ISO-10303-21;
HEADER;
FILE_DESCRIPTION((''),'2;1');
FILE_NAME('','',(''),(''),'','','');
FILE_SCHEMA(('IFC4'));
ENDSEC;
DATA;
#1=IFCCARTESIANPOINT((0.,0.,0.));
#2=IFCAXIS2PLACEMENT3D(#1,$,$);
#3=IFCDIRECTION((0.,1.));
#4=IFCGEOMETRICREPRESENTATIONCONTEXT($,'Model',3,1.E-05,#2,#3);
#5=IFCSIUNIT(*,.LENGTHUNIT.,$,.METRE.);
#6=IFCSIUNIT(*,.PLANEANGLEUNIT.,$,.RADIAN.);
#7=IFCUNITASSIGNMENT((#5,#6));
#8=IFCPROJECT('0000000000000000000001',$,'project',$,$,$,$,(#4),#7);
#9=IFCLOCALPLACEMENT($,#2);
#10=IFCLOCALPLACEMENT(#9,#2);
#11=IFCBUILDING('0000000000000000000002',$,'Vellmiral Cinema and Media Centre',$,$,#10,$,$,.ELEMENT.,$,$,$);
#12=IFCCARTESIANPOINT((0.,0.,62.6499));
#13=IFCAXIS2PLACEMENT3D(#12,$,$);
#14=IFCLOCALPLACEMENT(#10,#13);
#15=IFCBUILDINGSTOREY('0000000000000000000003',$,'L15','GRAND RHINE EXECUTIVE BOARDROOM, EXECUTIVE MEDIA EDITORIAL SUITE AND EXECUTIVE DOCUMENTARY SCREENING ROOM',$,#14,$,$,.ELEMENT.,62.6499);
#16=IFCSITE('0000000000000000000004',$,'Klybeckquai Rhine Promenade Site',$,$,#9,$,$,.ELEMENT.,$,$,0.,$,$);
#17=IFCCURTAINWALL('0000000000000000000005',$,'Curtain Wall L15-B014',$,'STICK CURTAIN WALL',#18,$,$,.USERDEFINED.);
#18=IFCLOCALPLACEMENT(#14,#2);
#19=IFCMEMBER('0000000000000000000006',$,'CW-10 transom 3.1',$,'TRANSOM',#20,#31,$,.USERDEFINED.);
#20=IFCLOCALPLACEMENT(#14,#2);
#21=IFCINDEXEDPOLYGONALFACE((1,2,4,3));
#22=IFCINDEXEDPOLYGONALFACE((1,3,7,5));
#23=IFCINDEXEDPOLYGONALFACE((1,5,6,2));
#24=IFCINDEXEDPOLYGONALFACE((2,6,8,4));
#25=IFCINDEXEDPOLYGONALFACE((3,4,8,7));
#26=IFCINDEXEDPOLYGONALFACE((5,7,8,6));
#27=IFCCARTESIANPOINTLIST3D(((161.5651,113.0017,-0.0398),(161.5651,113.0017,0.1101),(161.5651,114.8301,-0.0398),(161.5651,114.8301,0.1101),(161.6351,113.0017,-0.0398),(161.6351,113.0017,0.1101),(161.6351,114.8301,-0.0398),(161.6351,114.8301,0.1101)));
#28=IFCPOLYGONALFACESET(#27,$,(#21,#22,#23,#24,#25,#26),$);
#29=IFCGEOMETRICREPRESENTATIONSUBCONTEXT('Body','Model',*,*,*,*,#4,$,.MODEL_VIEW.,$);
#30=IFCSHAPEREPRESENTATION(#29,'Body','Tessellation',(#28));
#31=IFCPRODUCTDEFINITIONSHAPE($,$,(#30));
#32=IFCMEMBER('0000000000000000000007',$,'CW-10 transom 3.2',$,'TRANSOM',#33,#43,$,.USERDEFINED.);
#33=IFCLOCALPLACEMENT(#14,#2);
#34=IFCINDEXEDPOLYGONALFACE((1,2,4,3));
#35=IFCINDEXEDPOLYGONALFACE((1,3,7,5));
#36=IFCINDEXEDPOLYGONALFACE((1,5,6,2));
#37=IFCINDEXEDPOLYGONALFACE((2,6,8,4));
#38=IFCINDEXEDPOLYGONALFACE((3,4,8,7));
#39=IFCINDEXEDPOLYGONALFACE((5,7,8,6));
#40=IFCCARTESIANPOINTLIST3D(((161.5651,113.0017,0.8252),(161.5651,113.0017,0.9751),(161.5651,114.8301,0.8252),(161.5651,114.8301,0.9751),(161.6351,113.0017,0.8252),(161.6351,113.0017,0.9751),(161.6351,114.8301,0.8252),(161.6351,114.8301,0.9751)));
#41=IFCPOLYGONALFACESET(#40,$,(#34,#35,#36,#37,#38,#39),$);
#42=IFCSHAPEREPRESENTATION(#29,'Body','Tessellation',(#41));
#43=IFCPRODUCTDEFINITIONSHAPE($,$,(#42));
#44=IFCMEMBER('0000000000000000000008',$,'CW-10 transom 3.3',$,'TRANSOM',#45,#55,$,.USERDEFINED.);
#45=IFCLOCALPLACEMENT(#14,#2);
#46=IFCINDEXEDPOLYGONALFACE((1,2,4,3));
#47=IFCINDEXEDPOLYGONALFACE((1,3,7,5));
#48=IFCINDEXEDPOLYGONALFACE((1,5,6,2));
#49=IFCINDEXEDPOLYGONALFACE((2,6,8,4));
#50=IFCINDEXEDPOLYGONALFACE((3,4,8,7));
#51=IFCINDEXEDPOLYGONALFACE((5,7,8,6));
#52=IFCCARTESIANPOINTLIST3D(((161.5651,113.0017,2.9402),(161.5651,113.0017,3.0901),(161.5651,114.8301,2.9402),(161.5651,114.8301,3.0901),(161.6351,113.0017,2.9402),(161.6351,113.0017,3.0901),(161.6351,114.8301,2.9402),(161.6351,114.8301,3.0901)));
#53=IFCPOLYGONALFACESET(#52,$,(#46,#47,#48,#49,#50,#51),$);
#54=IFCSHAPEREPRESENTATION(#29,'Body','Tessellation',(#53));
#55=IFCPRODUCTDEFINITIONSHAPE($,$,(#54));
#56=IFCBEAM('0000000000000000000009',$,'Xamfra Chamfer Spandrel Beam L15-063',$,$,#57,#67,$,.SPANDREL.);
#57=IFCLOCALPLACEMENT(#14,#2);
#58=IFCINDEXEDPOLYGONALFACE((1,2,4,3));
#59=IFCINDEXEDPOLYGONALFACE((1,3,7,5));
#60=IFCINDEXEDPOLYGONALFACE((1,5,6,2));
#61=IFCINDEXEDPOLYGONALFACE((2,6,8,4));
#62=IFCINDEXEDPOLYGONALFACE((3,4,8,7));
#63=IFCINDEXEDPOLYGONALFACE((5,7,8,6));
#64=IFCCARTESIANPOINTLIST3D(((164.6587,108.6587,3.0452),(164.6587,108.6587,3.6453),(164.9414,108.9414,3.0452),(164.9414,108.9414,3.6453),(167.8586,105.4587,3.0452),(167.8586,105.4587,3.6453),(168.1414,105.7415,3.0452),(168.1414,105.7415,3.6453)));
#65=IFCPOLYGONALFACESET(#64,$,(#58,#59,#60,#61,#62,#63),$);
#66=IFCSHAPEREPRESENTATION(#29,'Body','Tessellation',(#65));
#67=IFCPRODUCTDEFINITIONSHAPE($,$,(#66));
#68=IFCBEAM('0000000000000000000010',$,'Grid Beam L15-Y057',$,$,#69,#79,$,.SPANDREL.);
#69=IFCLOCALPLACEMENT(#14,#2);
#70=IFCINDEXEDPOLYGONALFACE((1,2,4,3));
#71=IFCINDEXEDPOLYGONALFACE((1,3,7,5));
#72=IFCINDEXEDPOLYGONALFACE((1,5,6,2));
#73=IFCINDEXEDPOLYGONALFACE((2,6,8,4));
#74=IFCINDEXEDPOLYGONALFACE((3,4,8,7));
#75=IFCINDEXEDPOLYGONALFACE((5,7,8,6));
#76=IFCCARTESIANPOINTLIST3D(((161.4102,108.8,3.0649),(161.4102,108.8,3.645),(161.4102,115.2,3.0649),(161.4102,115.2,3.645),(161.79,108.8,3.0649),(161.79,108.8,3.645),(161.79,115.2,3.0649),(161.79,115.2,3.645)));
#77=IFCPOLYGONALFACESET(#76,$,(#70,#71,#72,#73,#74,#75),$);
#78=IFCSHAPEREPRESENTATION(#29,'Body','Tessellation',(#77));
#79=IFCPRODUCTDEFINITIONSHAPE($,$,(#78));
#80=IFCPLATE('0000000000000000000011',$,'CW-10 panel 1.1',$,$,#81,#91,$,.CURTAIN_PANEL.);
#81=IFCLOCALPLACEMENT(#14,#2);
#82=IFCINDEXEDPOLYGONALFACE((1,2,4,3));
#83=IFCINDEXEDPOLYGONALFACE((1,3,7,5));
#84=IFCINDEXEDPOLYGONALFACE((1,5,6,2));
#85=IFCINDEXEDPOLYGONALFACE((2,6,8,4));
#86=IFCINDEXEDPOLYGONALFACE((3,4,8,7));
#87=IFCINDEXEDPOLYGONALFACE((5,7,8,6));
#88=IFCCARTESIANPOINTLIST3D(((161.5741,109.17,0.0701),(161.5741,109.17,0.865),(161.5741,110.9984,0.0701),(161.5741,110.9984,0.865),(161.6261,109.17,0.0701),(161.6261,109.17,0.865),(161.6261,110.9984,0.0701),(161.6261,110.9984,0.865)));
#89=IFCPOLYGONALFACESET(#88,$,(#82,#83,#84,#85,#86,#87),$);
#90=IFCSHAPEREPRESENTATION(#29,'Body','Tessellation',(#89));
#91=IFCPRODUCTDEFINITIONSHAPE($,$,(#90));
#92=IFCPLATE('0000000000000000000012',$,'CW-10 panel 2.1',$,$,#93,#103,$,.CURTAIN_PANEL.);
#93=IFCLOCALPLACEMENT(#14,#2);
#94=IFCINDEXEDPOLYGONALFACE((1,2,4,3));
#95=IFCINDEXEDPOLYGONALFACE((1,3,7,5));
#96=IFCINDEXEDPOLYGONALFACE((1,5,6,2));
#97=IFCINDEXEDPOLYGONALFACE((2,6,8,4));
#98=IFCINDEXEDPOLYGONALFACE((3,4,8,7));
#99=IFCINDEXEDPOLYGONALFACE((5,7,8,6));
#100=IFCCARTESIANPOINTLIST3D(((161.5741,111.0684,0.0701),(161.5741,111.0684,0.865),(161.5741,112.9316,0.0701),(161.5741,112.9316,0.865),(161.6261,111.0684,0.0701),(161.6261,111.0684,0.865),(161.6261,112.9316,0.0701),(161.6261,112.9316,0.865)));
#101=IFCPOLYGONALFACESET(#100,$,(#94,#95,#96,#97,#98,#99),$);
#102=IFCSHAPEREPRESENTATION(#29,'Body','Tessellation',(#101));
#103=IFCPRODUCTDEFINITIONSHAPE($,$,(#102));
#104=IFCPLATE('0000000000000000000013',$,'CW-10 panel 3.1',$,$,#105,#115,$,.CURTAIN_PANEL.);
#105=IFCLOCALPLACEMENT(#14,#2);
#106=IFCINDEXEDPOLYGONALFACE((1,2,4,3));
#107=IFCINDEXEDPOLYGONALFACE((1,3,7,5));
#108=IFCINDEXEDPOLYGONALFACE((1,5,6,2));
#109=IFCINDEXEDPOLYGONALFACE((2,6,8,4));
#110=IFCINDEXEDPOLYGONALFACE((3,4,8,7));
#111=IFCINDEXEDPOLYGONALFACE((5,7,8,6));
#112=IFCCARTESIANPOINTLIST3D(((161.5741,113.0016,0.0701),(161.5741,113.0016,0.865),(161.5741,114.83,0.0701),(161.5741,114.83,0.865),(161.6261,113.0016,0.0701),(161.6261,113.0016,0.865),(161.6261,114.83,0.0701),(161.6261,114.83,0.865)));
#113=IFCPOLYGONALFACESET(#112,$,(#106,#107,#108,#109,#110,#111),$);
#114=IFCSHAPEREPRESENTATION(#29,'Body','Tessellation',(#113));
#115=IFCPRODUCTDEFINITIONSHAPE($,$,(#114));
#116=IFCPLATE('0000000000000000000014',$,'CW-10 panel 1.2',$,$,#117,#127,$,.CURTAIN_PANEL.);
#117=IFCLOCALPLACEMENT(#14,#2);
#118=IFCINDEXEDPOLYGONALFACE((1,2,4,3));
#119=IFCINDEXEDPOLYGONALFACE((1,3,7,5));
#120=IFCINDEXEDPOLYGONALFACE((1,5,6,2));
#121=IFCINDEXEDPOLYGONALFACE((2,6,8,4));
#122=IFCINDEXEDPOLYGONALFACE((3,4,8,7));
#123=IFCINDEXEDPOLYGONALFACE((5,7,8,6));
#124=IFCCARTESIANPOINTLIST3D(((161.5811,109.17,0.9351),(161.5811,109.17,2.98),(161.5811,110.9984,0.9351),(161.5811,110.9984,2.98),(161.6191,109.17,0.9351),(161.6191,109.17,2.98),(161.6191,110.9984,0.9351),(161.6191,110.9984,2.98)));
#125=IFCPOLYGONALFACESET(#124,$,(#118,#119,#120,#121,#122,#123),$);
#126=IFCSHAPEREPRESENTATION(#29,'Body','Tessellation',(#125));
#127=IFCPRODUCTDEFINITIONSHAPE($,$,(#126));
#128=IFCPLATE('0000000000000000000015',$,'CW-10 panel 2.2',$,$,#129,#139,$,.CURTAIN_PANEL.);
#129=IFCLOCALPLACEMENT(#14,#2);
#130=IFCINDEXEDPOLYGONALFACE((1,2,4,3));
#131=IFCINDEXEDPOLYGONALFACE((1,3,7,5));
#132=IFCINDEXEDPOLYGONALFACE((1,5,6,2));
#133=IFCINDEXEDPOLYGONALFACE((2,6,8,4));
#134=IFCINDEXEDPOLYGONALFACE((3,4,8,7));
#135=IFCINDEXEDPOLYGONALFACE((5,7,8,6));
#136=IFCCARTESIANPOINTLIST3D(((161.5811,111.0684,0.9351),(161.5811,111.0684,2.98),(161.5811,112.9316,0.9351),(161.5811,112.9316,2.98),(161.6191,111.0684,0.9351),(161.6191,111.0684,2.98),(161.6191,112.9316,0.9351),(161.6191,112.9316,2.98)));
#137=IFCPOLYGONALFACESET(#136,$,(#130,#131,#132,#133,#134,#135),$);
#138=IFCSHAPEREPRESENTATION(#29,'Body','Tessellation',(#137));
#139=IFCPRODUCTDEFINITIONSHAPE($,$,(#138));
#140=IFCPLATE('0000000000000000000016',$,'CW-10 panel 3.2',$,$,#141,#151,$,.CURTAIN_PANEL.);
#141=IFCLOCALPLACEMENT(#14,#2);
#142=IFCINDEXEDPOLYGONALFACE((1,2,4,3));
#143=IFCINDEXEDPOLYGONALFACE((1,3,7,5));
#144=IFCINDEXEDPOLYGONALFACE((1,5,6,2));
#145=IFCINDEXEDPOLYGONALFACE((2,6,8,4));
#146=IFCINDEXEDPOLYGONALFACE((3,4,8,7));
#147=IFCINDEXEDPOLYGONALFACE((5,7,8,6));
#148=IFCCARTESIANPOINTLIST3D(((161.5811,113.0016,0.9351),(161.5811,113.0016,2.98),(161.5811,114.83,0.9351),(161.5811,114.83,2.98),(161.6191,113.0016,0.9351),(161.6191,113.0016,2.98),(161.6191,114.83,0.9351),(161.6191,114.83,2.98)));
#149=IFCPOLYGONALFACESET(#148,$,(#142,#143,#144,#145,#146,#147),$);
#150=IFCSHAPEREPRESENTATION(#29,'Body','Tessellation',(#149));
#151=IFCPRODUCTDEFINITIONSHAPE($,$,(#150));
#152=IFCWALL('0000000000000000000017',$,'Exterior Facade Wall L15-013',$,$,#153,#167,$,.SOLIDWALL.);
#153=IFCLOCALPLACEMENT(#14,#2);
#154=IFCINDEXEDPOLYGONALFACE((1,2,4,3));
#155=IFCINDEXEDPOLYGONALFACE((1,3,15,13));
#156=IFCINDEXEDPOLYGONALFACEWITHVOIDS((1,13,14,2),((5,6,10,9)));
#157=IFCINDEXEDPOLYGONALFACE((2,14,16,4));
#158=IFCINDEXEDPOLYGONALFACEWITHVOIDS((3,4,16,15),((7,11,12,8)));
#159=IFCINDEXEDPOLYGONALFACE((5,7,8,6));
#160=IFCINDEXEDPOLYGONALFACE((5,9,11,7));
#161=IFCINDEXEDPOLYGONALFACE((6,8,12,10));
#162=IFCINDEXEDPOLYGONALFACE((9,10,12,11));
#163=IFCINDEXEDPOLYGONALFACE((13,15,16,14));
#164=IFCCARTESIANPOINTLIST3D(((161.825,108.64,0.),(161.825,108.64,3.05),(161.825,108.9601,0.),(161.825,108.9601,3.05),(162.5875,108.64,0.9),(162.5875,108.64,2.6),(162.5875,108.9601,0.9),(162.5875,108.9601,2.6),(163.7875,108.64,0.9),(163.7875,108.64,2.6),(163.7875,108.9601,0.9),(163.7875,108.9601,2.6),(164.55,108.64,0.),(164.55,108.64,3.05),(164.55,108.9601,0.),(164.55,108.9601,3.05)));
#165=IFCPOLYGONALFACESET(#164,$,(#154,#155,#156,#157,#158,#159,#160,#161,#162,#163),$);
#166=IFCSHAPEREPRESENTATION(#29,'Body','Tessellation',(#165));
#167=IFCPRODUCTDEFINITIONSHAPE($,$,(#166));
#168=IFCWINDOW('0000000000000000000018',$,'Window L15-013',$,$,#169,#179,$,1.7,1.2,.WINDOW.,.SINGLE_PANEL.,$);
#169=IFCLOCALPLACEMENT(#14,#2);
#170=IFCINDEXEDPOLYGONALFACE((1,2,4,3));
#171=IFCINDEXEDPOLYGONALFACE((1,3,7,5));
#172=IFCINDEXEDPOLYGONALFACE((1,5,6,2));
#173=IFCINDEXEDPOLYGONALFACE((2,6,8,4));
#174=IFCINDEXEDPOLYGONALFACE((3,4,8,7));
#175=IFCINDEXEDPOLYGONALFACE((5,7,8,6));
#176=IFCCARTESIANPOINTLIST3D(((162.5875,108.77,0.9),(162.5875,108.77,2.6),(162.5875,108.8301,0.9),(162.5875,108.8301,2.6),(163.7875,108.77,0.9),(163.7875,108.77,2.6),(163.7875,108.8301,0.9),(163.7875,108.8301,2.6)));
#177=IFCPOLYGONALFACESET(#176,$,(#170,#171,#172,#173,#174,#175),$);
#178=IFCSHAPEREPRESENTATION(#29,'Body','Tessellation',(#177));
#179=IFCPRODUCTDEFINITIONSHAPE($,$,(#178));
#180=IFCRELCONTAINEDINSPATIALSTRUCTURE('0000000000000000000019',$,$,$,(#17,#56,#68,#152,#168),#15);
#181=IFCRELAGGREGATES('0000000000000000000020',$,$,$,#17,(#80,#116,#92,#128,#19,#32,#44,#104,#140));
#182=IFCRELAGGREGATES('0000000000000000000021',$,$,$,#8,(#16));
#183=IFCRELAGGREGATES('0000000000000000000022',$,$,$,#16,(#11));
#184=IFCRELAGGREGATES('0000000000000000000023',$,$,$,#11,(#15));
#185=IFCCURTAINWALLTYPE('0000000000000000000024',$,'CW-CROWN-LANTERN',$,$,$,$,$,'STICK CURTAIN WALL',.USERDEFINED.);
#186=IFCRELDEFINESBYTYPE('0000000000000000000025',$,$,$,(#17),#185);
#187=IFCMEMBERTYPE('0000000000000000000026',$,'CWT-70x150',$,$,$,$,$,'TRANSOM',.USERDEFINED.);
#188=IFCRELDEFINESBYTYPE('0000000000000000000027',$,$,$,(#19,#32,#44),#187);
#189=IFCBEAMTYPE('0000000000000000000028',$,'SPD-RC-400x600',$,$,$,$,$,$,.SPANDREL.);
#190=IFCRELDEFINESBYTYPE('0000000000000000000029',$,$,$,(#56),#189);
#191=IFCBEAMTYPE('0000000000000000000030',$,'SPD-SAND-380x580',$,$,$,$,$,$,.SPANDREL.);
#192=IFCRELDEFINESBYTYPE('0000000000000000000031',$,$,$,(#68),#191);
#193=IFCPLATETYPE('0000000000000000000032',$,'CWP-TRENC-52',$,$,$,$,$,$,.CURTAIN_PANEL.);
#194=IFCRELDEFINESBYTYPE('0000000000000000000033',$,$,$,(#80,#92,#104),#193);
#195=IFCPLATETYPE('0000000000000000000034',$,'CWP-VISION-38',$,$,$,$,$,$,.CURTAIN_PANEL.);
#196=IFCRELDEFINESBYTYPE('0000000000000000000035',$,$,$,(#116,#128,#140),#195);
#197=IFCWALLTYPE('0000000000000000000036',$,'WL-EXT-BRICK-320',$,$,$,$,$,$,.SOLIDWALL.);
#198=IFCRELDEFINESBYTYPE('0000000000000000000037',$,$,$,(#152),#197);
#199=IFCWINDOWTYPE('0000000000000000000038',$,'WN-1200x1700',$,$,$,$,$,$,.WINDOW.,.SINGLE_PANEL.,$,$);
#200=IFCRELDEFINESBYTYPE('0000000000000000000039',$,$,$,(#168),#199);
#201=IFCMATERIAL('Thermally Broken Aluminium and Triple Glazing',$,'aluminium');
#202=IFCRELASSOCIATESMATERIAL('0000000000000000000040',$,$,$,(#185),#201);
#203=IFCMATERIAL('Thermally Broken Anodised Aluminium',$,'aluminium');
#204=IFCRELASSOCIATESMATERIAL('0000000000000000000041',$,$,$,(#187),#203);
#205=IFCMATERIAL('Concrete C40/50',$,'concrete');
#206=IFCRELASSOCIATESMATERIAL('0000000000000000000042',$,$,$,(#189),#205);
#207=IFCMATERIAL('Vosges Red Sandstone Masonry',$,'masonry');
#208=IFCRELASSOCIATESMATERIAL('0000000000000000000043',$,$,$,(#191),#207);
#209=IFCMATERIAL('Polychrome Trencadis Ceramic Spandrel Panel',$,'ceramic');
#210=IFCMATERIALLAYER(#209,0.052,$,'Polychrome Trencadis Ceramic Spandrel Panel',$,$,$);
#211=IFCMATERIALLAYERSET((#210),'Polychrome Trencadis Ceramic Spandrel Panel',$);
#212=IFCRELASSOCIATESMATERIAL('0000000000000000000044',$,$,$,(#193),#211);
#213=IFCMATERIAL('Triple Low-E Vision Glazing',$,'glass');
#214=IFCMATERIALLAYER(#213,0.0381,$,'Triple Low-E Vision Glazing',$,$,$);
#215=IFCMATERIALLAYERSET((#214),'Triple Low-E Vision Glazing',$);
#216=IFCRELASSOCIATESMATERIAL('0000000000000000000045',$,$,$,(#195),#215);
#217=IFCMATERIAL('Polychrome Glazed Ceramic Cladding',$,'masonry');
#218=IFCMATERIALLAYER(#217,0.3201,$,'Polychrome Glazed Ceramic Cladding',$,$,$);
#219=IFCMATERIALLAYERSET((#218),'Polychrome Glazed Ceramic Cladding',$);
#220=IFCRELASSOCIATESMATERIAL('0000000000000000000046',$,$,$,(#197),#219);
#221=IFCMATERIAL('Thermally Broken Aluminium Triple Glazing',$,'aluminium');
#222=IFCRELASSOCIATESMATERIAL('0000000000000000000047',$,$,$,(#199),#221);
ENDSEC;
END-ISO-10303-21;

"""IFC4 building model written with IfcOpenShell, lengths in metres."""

from ifc_helpers import new_model, si_unit, direction, frame, frame_2d, origin, origin_2d, place, context, subcontext, project, spatial, rectangle, extrude, material, layer, layer_set, material_profile, profile_set, type_object, element, fill, aggregate, save


model = new_model("IFC4")

# Units and contexts
model_context = context("Model", 3, precision=1e-05, world=origin(), true_north=direction((0.0, 1.0)))
body_context = subcontext(model_context, "Body", "Model", "MODEL_VIEW")
ifc_project = project(units=[si_unit("LENGTHUNIT", "METRE"), si_unit("PLANEANGLEUNIT", "RADIAN")], contexts=[model_context])

# Site, building, storey
site_placement = place(None, origin())
site = spatial("IfcSite", under=ifc_project, at=site_placement, Name="Klybeckquai Rhine Promenade Site", CompositionType="ELEMENT", RefElevation=0.0)
building_placement = place(site_placement, origin())
building = spatial("IfcBuilding", under=site, at=building_placement, Name="Vellmiral Cinema and Media Centre", CompositionType="ELEMENT")
storey_placement = place(building_placement, frame((0.0, 0.0, 62.6499)))
storey = spatial("IfcBuildingStorey", under=building, at=storey_placement, Name="L15", Description="GRAND RHINE EXECUTIVE BOARDROOM, EXECUTIVE MEDIA EDITORIAL SUITE AND EXECUTIVE DOCUMENTARY SCREENING ROOM", CompositionType="ELEMENT", Elevation=62.6499)

# Curtain wall, members
ifc_material_1 = material(Name="Thermally Broken Aluminium and Triple Glazing", Category="aluminium")
curtain_wall_type = type_object("IfcCurtainWallType", Name="CW-CROWN-LANTERN", ElementType="STICK CURTAIN WALL", PredefinedType="USERDEFINED", material=ifc_material_1)
curtain_wall_placement = place(storey_placement, origin())
curtain_wall = element("IfcCurtainWall", 1, at=curtain_wall_placement, inside=storey, type_object=curtain_wall_type, Name="Curtain Wall L15-B014", ObjectType="STICK CURTAIN WALL", PredefinedType="USERDEFINED")
ifc_material_2 = material(Name="Thermally Broken Anodised Aluminium", Category="aluminium")
ifc_material_profile_1 = material_profile(ifc_material_2, rectangle(XDim=0.0701, YDim=0.1499, at=origin_2d()), Name="MULL 70x150")
ifc_profile_set_1 = profile_set([ifc_material_profile_1], Name="Thermally Broken Anodised Aluminium")
member_type_1 = type_object("IfcMemberType", Name="CWT-70x150", ElementType="TRANSOM", PredefinedType="USERDEFINED", material=ifc_profile_set_1)
member_1_placement = place(storey_placement, frame((161.6001, 113.0017, 0.0352), z_axis=(0.0, 1.0, 0.0), x_axis=(-1.0, 0.0, 0.0)))
member_1 = element("IfcMember", 2, at=member_1_placement, type_object=member_type_1, Name="CW-10 transom 3.1", ObjectType="TRANSOM", PredefinedType="USERDEFINED", context=body_context, shape_type="SweptSolid", body=[
    extrude(rectangle(XDim=0.0701, YDim=0.1499, at=origin_2d()), origin(), (0.0, 0.0, 1.0), 1.8284),
])
member_2_placement = place(storey_placement, frame((161.6001, 113.0017, 0.9001), z_axis=(0.0, 1.0, 0.0), x_axis=(-1.0, 0.0, 0.0)))
member_2 = element("IfcMember", 3, at=member_2_placement, type_object=member_type_1, Name="CW-10 transom 3.2", ObjectType="TRANSOM", PredefinedType="USERDEFINED", context=body_context, shape_type="SweptSolid", body=[
    extrude(rectangle(XDim=0.0701, YDim=0.1499, at=origin_2d()), origin(), (0.0, 0.0, 1.0), 1.8284),
])
member_3_placement = place(storey_placement, frame((161.6001, 113.0017, 3.0151), z_axis=(0.0, 1.0, 0.0), x_axis=(-1.0, 0.0, 0.0)))
member_3 = element("IfcMember", 4, at=member_3_placement, type_object=member_type_1, Name="CW-10 transom 3.3", ObjectType="TRANSOM", PredefinedType="USERDEFINED", context=body_context, shape_type="SweptSolid", body=[
    extrude(rectangle(XDim=0.0701, YDim=0.1499, at=origin_2d()), origin(), (0.0, 0.0, 1.0), 1.8284),
])

# Beams
ifc_material_3 = material(Name="Concrete C40/50", Category="concrete")
ifc_material_profile_2 = material_profile(ifc_material_3, rectangle(XDim=0.3999, YDim=0.6001, at=origin_2d()), Name="RC 400x600")
ifc_profile_set_2 = profile_set([ifc_material_profile_2], Name="Concrete C40/50")
beam_type_1 = type_object("IfcBeamType", Name="SPD-RC-400x600", PredefinedType="SPANDREL", material=ifc_profile_set_2)
beam_1_placement = place(storey_placement, frame((164.8, 108.8, 3.3452), z_axis=(0.707107, -0.707107, 0.0), x_axis=(0.707107, 0.707107, 0.0)))
element("IfcBeam", 5, at=beam_1_placement, inside=storey, type_object=beam_type_1, Name="Xamfra Chamfer Spandrel Beam L15-063", PredefinedType="SPANDREL", context=body_context, shape_type="SweptSolid", body=[
    extrude(rectangle(XDim=0.3999, YDim=0.6001, at=origin_2d()), origin(), (0.0, 0.0, 1.0), 4.5254),
])
ifc_material_4 = material(Name="Vosges Red Sandstone Masonry", Category="masonry")
ifc_material_profile_3 = material_profile(ifc_material_4, rectangle(XDim=0.3799, YDim=0.5801, at=origin_2d()), Name="SAND 380x580")
ifc_profile_set_3 = profile_set([ifc_material_profile_3], Name="Vosges Red Sandstone Masonry")
beam_type_2 = type_object("IfcBeamType", Name="SPD-SAND-380x580", PredefinedType="SPANDREL", material=ifc_profile_set_3)
beam_2_placement = place(storey_placement, frame((161.6001, 108.8, 3.355), z_axis=(0.0, 1.0, 0.0), x_axis=(-1.0, 0.0, 0.0)))
element("IfcBeam", 6, at=beam_2_placement, inside=storey, type_object=beam_type_2, Name="Grid Beam L15-Y057", PredefinedType="SPANDREL", context=body_context, shape_type="SweptSolid", body=[
    extrude(rectangle(XDim=0.3799, YDim=0.5801, at=origin_2d()), origin(), (0.0, 0.0, 1.0), 6.3999),
])

# Plates
ifc_material_5 = material(Name="Polychrome Trencadis Ceramic Spandrel Panel", Category="ceramic")
ifc_layer_1 = layer(ifc_material_5, 0.052, Name="Polychrome Trencadis Ceramic Spandrel Panel")
ifc_layer_set_1 = layer_set([ifc_layer_1], Name="Polychrome Trencadis Ceramic Spandrel Panel")
plate_type_1 = type_object("IfcPlateType", Name="CWP-TRENC-52", PredefinedType="CURTAIN_PANEL", material=ifc_layer_set_1)
plate_1_placement = place(storey_placement, frame((161.6001, 110.0842, 0.0701), z_axis=(0.0, 0.0, 1.0), x_axis=(0.0, 1.0, 0.0)))
plate_1 = element("IfcPlate", 7, at=plate_1_placement, type_object=plate_type_1, Name="CW-10 panel 1.1", PredefinedType="CURTAIN_PANEL", context=body_context, shape_type="SweptSolid", body=[
    extrude(rectangle(XDim=1.8284, YDim=0.052, at=origin_2d()), origin(), (0.0, 0.0, 1.0), 0.7949),
])
plate_2_placement = place(storey_placement, frame((161.6001, 112.0, 0.0701), z_axis=(0.0, 0.0, 1.0), x_axis=(0.0, 1.0, 0.0)))
plate_2 = element("IfcPlate", 8, at=plate_2_placement, type_object=plate_type_1, Name="CW-10 panel 2.1", PredefinedType="CURTAIN_PANEL", context=body_context, shape_type="SweptSolid", body=[
    extrude(rectangle(XDim=1.8633, YDim=0.052, at=origin_2d()), origin(), (0.0, 0.0, 1.0), 0.7949),
])
plate_3_placement = place(storey_placement, frame((161.6001, 113.9158, 0.0701), z_axis=(0.0, 0.0, 1.0), x_axis=(0.0, 1.0, 0.0)))
plate_3 = element("IfcPlate", 9, at=plate_3_placement, type_object=plate_type_1, Name="CW-10 panel 3.1", PredefinedType="CURTAIN_PANEL", context=body_context, shape_type="SweptSolid", body=[
    extrude(rectangle(XDim=1.8284, YDim=0.052, at=origin_2d()), origin(), (0.0, 0.0, 1.0), 0.7949),
])
ifc_material_6 = material(Name="Triple Low-E Vision Glazing", Category="glass")
ifc_layer_2 = layer(ifc_material_6, 0.0381, Name="Triple Low-E Vision Glazing")
ifc_layer_set_2 = layer_set([ifc_layer_2], Name="Triple Low-E Vision Glazing")
plate_type_2 = type_object("IfcPlateType", Name="CWP-VISION-38", PredefinedType="CURTAIN_PANEL", material=ifc_layer_set_2)
plate_4_placement = place(storey_placement, frame((161.6001, 110.0842, 0.9351), z_axis=(0.0, 0.0, 1.0), x_axis=(0.0, 1.0, 0.0)))
plate_4 = element("IfcPlate", 10, at=plate_4_placement, type_object=plate_type_2, Name="CW-10 panel 1.2", PredefinedType="CURTAIN_PANEL", context=body_context, shape_type="SweptSolid", body=[
    extrude(rectangle(XDim=1.8284, YDim=0.0381, at=origin_2d()), origin(), (0.0, 0.0, 1.0), 2.0449),
])
plate_5_placement = place(storey_placement, frame((161.6001, 112.0, 0.9351), z_axis=(0.0, 0.0, 1.0), x_axis=(0.0, 1.0, 0.0)))
plate_5 = element("IfcPlate", 11, at=plate_5_placement, type_object=plate_type_2, Name="CW-10 panel 2.2", PredefinedType="CURTAIN_PANEL", context=body_context, shape_type="SweptSolid", body=[
    extrude(rectangle(XDim=1.8633, YDim=0.0381, at=origin_2d()), origin(), (0.0, 0.0, 1.0), 2.0449),
])
plate_6_placement = place(storey_placement, frame((161.6001, 113.9158, 0.9351), z_axis=(0.0, 0.0, 1.0), x_axis=(0.0, 1.0, 0.0)))
plate_6 = element("IfcPlate", 12, at=plate_6_placement, type_object=plate_type_2, Name="CW-10 panel 3.2", PredefinedType="CURTAIN_PANEL", context=body_context, shape_type="SweptSolid", body=[
    extrude(rectangle(XDim=1.8284, YDim=0.0381, at=origin_2d()), origin(), (0.0, 0.0, 1.0), 2.0449),
])
aggregate(curtain_wall, [plate_1, plate_4, plate_2, plate_5, member_1, member_2, member_3, plate_3, plate_6])

# Wall, opening, window
ifc_material_7 = material(Name="Polychrome Glazed Ceramic Cladding", Category="masonry")
ifc_layer_3 = layer(ifc_material_7, 0.3201, Name="Polychrome Glazed Ceramic Cladding")
ifc_layer_set_3 = layer_set([ifc_layer_3], Name="Polychrome Glazed Ceramic Cladding")
wall_type_1 = type_object("IfcWallType", Name="WL-EXT-BRICK-320", PredefinedType="SOLIDWALL", material=ifc_layer_set_3)
wall_1_placement = place(storey_placement, frame((164.55, 108.8, 0.0), z_axis=(0.0, 0.0, 1.0), x_axis=(-1.0, 0.0, 0.0)))
wall_1 = element("IfcWall", 13, at=wall_1_placement, inside=storey, type_object=wall_type_1, Name="Exterior Facade Wall L15-013", PredefinedType="SOLIDWALL", context=body_context, shape_type="SweptSolid", body=[
    extrude(rectangle(XDim=2.7251, YDim=0.3201, at=frame_2d((1.3625, 0.0))), origin(), (0.0, 0.0, 1.0), 3.05),
])
opening_placement = place(wall_1_placement, frame((0.7625, 0.0, 0.8999)))
opening = element("IfcOpeningElement", 14, at=opening_placement, cuts=wall_1, PredefinedType="OPENING", context=body_context, shape_type="SweptSolid", body=[
    extrude(rectangle(XDim=1.2, YDim=1.7, at=frame_2d((0.6001, 0.8501))), frame((0.0, 0.1719, 0.0), z_axis=(0.0, -1.0, 0.0), x_axis=(1.0, 0.0, 0.0)), (0.0, 0.0, 1.0), 0.344),
])
ifc_material_8 = material(Name="Thermally Broken Aluminium Triple Glazing", Category="aluminium")
window_type = type_object("IfcWindowType", Name="WN-1200x1700", PartitioningType="SINGLE_PANEL", PredefinedType="WINDOW", material=ifc_material_8)
window_placement = place(opening_placement, origin())
window = element("IfcWindow", 15, at=window_placement, inside=storey, type_object=window_type, Name="Window L15-013", OverallHeight=1.7, OverallWidth=1.2, PartitioningType="SINGLE_PANEL", PredefinedType="WINDOW", context=body_context, shape_type="SweptSolid", body=[
    extrude(rectangle(XDim=1.2, YDim=1.7, at=frame_2d((0.6001, 0.8501))), frame((0.0, 0.03, 0.0), z_axis=(0.0, -1.0, 0.0), x_axis=(1.0, 0.0, 0.0)), (0.0, 0.0, 1.0), 0.0601),
])
fill(opening, window)

save(model, "model.ifc")
